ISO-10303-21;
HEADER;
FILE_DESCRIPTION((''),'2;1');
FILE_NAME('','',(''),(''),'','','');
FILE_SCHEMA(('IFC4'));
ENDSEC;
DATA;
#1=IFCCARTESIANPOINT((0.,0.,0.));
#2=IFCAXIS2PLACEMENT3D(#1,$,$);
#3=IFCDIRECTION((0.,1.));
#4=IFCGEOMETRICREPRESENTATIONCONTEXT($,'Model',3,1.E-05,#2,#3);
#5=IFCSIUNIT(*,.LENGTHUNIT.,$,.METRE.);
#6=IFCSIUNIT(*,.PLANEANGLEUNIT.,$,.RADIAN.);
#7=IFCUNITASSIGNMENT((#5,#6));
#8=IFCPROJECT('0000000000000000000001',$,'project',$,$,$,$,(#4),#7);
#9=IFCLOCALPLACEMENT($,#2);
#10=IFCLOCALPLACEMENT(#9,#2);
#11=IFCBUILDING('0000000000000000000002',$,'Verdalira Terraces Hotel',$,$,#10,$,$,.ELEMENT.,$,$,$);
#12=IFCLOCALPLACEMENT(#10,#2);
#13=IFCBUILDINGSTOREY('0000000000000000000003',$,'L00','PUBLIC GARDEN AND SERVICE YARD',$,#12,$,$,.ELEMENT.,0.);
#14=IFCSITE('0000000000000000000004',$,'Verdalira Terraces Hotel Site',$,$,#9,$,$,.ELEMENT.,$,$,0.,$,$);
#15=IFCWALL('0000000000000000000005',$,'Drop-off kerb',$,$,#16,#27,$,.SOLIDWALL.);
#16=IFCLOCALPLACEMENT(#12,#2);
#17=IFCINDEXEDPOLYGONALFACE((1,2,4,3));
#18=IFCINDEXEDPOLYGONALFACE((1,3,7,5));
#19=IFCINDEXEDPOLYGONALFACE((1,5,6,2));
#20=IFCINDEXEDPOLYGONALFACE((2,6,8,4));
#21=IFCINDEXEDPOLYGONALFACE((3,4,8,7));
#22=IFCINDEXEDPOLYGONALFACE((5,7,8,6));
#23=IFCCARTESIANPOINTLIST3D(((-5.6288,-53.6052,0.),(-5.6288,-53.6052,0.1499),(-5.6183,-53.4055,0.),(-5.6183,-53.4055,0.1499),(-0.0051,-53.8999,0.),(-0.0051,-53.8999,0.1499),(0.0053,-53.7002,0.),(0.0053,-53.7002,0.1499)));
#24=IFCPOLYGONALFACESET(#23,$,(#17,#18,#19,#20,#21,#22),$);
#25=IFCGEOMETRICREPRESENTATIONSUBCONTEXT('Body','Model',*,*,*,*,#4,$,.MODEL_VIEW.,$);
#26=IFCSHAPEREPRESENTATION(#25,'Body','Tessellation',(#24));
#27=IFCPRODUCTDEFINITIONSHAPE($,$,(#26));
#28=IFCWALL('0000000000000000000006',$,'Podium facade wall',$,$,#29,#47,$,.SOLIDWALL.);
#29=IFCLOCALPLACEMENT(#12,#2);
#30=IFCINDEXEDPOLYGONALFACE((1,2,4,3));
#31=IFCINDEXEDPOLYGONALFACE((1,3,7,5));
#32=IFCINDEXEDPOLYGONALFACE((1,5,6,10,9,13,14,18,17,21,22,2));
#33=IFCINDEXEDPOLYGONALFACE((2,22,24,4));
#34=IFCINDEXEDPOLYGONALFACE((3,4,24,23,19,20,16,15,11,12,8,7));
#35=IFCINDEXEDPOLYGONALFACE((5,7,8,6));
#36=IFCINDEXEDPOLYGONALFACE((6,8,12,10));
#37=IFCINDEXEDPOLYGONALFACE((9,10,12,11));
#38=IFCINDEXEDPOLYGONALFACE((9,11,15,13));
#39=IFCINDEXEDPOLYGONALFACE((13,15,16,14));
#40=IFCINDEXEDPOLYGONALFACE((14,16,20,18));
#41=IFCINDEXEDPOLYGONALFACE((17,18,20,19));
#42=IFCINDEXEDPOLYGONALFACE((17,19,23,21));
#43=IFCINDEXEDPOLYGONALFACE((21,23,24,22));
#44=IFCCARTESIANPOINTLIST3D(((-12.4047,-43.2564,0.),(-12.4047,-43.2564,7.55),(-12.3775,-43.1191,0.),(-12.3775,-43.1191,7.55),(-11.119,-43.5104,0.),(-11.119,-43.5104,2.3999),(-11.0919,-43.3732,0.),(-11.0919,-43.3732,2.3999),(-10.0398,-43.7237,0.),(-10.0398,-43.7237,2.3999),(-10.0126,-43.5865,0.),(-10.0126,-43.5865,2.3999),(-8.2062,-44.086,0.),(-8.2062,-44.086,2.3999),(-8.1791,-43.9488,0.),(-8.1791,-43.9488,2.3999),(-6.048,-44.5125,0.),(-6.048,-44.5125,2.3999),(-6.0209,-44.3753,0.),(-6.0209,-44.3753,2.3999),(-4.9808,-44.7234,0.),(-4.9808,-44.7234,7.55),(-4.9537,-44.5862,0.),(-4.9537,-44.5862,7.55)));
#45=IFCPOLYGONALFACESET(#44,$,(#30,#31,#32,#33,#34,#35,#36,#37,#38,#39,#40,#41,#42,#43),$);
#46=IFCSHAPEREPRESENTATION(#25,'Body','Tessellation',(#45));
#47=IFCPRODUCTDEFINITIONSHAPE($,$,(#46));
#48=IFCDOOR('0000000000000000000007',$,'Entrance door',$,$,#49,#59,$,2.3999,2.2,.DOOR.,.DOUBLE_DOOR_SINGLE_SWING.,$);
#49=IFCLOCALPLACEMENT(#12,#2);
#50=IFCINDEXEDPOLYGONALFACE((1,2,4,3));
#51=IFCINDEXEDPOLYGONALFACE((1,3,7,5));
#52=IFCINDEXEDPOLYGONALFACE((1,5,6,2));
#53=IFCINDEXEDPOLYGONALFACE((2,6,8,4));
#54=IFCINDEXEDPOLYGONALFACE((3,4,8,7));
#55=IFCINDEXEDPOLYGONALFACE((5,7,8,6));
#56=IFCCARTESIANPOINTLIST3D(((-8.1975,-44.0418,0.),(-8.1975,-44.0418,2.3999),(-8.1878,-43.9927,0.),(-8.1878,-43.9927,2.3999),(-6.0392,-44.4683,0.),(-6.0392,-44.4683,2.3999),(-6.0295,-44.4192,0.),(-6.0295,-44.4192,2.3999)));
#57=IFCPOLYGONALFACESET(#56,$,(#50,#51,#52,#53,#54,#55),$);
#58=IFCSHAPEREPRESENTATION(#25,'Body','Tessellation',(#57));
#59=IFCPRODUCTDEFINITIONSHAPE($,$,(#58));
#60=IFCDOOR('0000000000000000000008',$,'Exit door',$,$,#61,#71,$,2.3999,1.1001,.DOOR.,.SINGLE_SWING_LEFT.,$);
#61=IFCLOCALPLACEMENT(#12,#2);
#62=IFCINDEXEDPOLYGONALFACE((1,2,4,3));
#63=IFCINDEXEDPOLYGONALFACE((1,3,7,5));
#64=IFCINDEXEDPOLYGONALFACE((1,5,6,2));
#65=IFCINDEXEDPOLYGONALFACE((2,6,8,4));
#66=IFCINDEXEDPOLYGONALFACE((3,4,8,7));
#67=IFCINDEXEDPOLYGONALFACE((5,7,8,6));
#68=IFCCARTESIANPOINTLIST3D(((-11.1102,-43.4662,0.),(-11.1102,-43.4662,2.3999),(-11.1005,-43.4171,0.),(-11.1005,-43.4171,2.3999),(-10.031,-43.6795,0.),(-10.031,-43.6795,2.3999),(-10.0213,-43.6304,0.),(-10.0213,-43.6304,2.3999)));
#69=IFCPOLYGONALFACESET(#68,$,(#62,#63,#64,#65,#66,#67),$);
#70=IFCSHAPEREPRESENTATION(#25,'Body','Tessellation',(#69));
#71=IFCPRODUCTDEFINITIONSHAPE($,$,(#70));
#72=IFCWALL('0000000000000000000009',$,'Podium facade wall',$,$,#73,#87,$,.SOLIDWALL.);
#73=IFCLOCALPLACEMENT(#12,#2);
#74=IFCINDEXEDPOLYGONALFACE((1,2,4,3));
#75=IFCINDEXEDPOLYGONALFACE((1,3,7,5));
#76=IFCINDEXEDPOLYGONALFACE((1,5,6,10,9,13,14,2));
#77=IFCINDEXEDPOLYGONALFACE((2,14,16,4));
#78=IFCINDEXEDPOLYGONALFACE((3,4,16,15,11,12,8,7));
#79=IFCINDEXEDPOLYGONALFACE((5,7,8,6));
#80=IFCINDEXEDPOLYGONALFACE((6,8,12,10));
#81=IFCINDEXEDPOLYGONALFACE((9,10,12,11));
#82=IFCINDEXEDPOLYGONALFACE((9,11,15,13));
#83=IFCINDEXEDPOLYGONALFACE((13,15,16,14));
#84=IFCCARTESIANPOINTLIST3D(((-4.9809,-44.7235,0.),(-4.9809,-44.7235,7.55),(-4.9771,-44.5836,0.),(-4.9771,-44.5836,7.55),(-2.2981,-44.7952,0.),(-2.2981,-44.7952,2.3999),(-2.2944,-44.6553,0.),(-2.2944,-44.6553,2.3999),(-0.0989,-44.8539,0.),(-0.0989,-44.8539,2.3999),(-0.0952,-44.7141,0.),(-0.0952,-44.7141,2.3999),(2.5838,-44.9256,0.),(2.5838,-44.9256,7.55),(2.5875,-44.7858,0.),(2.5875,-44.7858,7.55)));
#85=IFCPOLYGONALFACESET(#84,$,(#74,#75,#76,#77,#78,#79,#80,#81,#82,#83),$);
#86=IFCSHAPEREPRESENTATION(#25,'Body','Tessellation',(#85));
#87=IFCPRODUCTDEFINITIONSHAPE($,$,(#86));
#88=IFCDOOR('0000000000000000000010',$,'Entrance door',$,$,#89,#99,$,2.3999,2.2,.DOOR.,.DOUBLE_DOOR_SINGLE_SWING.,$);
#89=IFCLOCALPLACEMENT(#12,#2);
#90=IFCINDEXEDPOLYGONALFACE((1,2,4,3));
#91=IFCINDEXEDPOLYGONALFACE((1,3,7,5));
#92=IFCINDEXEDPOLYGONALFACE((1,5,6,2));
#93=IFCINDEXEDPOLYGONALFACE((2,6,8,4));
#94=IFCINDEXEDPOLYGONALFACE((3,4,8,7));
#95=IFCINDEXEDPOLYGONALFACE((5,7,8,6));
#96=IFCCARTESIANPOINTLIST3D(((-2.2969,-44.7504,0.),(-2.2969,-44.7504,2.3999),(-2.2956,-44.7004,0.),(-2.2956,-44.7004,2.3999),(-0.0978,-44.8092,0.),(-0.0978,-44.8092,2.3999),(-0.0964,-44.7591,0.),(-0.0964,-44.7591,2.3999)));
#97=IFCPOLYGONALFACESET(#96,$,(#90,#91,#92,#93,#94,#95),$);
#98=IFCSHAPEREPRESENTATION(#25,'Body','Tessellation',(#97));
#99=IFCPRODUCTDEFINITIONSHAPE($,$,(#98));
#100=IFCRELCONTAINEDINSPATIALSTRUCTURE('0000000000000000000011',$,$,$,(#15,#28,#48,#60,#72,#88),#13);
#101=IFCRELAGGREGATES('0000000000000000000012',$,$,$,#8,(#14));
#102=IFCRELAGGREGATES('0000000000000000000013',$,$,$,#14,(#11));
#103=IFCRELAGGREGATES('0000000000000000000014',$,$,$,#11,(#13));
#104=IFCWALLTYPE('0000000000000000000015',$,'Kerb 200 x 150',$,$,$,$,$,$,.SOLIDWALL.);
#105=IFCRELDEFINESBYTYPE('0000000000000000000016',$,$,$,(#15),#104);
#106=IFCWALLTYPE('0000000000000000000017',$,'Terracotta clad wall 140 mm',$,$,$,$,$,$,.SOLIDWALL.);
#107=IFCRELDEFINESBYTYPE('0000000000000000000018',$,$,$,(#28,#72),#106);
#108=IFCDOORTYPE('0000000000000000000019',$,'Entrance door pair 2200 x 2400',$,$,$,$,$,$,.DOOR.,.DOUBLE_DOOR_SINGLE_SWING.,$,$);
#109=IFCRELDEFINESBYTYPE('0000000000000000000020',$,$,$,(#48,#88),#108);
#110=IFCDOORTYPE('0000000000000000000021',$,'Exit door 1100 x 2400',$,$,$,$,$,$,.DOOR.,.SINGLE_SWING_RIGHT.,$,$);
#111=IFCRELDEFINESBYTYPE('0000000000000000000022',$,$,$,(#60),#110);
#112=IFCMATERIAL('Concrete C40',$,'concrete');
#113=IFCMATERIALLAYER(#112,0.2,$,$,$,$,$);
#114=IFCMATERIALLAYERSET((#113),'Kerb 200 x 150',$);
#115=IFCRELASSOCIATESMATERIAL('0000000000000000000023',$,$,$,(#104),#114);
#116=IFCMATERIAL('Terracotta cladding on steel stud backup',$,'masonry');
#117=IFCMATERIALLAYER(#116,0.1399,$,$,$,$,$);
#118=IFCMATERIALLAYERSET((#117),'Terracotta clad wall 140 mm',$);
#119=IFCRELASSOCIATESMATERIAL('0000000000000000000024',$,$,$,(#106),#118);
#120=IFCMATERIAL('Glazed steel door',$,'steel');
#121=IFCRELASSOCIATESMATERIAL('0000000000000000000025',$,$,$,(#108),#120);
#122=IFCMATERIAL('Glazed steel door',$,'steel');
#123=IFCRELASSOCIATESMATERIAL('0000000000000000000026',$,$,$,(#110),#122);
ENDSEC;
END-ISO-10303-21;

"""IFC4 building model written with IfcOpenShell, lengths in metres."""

from ifc_helpers import new_model, si_unit, direction, frame, frame_2d, origin, place, context, subcontext, project, spatial, rectangle, extrude, material, layer, layer_set, type_object, element, fill, save


model = new_model("IFC4")

# Units and contexts
model_context = context("Model", 3, precision=1e-05, world=origin(), true_north=direction((0.0, 1.0)))
body_context = subcontext(model_context, "Body", "Model", "MODEL_VIEW")
ifc_project = project(units=[si_unit("LENGTHUNIT", "METRE"), si_unit("PLANEANGLEUNIT", "RADIAN")], contexts=[model_context])

# Site, building, storey
site_placement = place(None, origin())
site = spatial("IfcSite", under=ifc_project, at=site_placement, Name="Verdalira Terraces Hotel Site", CompositionType="ELEMENT", RefElevation=0.0)
building_placement = place(site_placement, origin())
building = spatial("IfcBuilding", under=site, at=building_placement, Name="Verdalira Terraces Hotel", CompositionType="ELEMENT")
storey_placement = place(building_placement, origin())
storey = spatial("IfcBuildingStorey", under=building, at=storey_placement, Name="L00", Description="PUBLIC GARDEN AND SERVICE YARD", CompositionType="ELEMENT", Elevation=0.0)

# Wall
ifc_material_1 = material(Name="Concrete C40", Category="concrete")
ifc_layer_1 = layer(ifc_material_1, 0.2)
ifc_layer_set_1 = layer_set([ifc_layer_1], Name="Kerb 200 x 150")
wall_type_1 = type_object("IfcWallType", Name="Kerb 200 x 150", PredefinedType="SOLIDWALL", material=ifc_layer_set_1)
wall_1_placement = place(storey_placement, frame((-5.6235, -53.5054, 0.0), z_axis=(0.0, 0.0, 1.0), x_axis=(0.99863, -0.052329, 0.0)))
element("IfcWall", 1, at=wall_1_placement, inside=storey, type_object=wall_type_1, Name="Drop-off kerb", PredefinedType="SOLIDWALL", context=body_context, shape_type="SweptSolid", body=[
    extrude(rectangle(XDim=5.6313, YDim=0.2, at=frame_2d((2.8157, 0.0))), origin(), (0.0, 0.0, 1.0), 0.1499),
])

# Wall, openings, doors
ifc_material_2 = material(Name="Terracotta cladding on steel stud backup", Category="masonry")
ifc_layer_2 = layer(ifc_material_2, 0.1399)
ifc_layer_set_2 = layer_set([ifc_layer_2], Name="Terracotta clad wall 140 mm")
wall_type_2 = type_object("IfcWallType", Name="Terracotta clad wall 140 mm", PredefinedType="SOLIDWALL", material=ifc_layer_set_2)
wall_2_placement = place(storey_placement, frame((-4.9673, -44.6548, 0.0), z_axis=(0.0, 0.0, 1.0), x_axis=(-0.981029, 0.193863, 0.0)))
wall_2 = element("IfcWall", 2, at=wall_2_placement, inside=storey, type_object=wall_type_2, Name="Podium facade wall", PredefinedType="SOLIDWALL", context=body_context, shape_type="SweptSolid", body=[
    extrude(rectangle(XDim=7.5674, YDim=0.1399, at=frame_2d((3.7837, 0.0))), origin(), (0.0, 0.0, 1.0), 7.55),
])
opening_1_placement = place(wall_2_placement, frame((5.1567, 0.0, 0.0)))
opening_1 = element("IfcOpeningElement", 3, at=opening_1_placement, cuts=wall_2, PredefinedType="OPENING", context=body_context, shape_type="SweptSolid", body=[
    extrude(rectangle(XDim=1.1001, YDim=2.3999, at=frame_2d((0.55, 1.2))), frame((0.0, 0.0798, 0.0), z_axis=(0.0, -1.0, 0.0), x_axis=(1.0, 0.0, 0.0)), (0.0, 0.0, 1.0), 0.1599),
])
opening_2_placement = place(wall_2_placement, frame((1.0876, 0.0, 0.0)))
opening_2 = element("IfcOpeningElement", 4, at=opening_2_placement, cuts=wall_2, PredefinedType="OPENING", context=body_context, shape_type="SweptSolid", body=[
    extrude(rectangle(XDim=2.2, YDim=2.3999, at=frame_2d((1.1001, 1.2))), frame((0.0, 0.0798, 0.0), z_axis=(0.0, -1.0, 0.0), x_axis=(1.0, 0.0, 0.0)), (0.0, 0.0, 1.0), 0.1599),
])
ifc_material_3 = material(Name="Glazed steel door", Category="steel")
door_type_1 = type_object("IfcDoorType", Name="Entrance door pair 2200 x 2400", OperationType="DOUBLE_DOOR_SINGLE_SWING", PredefinedType="DOOR", material=ifc_material_3)
door_1_placement = place(opening_2_placement, origin())
door_1 = element("IfcDoor", 5, at=door_1_placement, inside=storey, type_object=door_type_1, Name="Entrance door", OperationType="DOUBLE_DOOR_SINGLE_SWING", OverallHeight=2.3999, OverallWidth=2.2, PredefinedType="DOOR", context=body_context, shape_type="SweptSolid", body=[
    extrude(rectangle(XDim=2.2, YDim=2.3999, at=frame_2d((1.1001, 1.2))), frame((0.0, 0.0249, 0.0), z_axis=(0.0, -1.0, 0.0), x_axis=(1.0, 0.0, 0.0)), (0.0, 0.0, 1.0), 0.05),
])
fill(opening_2, door_1)
ifc_material_4 = material(Name="Glazed steel door", Category="steel")
door_type_2 = type_object("IfcDoorType", Name="Exit door 1100 x 2400", OperationType="SINGLE_SWING_RIGHT", PredefinedType="DOOR", material=ifc_material_4)
door_2_placement = place(opening_1_placement, origin())
door_2 = element("IfcDoor", 6, at=door_2_placement, inside=storey, type_object=door_type_2, Name="Exit door", OperationType="SINGLE_SWING_LEFT", OverallHeight=2.3999, OverallWidth=1.1001, PredefinedType="DOOR", context=body_context, shape_type="SweptSolid", body=[
    extrude(rectangle(XDim=1.1001, YDim=2.3999, at=frame_2d((0.55, 1.2))), frame((0.0, 0.0249, 0.0), z_axis=(0.0, -1.0, 0.0), x_axis=(1.0, 0.0, 0.0)), (0.0, 0.0, 1.0), 0.05),
])
fill(opening_1, door_2)

# Wall, opening, door
wall_3_placement = place(storey_placement, frame((-4.979, -44.6536, 0.0), z_axis=(0.0, 0.0, 1.0), x_axis=(0.999643, -0.026713, 0.0)))
wall_3 = element("IfcWall", 7, at=wall_3_placement, inside=storey, type_object=wall_type_2, Name="Podium facade wall", PredefinedType="SOLIDWALL", context=body_context, shape_type="SweptSolid", body=[
    extrude(rectangle(XDim=7.5674, YDim=0.1399, at=frame_2d((3.7837, 0.0))), origin(), (0.0, 0.0, 1.0), 7.55),
])
opening_3_placement = place(wall_3_placement, frame((2.6836, 0.0, 0.0)))
opening_3 = element("IfcOpeningElement", 8, at=opening_3_placement, cuts=wall_3, PredefinedType="OPENING", context=body_context, shape_type="SweptSolid", body=[
    extrude(rectangle(XDim=2.2, YDim=2.3999, at=frame_2d((1.1001, 1.2))), frame((0.0, 0.0798, 0.0), z_axis=(0.0, -1.0, 0.0), x_axis=(1.0, 0.0, 0.0)), (0.0, 0.0, 1.0), 0.1599),
])
door_3_placement = place(opening_3_placement, origin())
door_3 = element("IfcDoor", 9, at=door_3_placement, inside=storey, type_object=door_type_1, Name="Entrance door", OperationType="DOUBLE_DOOR_SINGLE_SWING", OverallHeight=2.3999, OverallWidth=2.2, PredefinedType="DOOR", context=body_context, shape_type="SweptSolid", body=[
    extrude(rectangle(XDim=2.2, YDim=2.3999, at=frame_2d((1.1001, 1.2))), frame((0.0, 0.0249, 0.0), z_axis=(0.0, -1.0, 0.0), x_axis=(1.0, 0.0, 0.0)), (0.0, 0.0, 1.0), 0.05),
])
fill(opening_3, door_3)

save(model, "model.ifc")
